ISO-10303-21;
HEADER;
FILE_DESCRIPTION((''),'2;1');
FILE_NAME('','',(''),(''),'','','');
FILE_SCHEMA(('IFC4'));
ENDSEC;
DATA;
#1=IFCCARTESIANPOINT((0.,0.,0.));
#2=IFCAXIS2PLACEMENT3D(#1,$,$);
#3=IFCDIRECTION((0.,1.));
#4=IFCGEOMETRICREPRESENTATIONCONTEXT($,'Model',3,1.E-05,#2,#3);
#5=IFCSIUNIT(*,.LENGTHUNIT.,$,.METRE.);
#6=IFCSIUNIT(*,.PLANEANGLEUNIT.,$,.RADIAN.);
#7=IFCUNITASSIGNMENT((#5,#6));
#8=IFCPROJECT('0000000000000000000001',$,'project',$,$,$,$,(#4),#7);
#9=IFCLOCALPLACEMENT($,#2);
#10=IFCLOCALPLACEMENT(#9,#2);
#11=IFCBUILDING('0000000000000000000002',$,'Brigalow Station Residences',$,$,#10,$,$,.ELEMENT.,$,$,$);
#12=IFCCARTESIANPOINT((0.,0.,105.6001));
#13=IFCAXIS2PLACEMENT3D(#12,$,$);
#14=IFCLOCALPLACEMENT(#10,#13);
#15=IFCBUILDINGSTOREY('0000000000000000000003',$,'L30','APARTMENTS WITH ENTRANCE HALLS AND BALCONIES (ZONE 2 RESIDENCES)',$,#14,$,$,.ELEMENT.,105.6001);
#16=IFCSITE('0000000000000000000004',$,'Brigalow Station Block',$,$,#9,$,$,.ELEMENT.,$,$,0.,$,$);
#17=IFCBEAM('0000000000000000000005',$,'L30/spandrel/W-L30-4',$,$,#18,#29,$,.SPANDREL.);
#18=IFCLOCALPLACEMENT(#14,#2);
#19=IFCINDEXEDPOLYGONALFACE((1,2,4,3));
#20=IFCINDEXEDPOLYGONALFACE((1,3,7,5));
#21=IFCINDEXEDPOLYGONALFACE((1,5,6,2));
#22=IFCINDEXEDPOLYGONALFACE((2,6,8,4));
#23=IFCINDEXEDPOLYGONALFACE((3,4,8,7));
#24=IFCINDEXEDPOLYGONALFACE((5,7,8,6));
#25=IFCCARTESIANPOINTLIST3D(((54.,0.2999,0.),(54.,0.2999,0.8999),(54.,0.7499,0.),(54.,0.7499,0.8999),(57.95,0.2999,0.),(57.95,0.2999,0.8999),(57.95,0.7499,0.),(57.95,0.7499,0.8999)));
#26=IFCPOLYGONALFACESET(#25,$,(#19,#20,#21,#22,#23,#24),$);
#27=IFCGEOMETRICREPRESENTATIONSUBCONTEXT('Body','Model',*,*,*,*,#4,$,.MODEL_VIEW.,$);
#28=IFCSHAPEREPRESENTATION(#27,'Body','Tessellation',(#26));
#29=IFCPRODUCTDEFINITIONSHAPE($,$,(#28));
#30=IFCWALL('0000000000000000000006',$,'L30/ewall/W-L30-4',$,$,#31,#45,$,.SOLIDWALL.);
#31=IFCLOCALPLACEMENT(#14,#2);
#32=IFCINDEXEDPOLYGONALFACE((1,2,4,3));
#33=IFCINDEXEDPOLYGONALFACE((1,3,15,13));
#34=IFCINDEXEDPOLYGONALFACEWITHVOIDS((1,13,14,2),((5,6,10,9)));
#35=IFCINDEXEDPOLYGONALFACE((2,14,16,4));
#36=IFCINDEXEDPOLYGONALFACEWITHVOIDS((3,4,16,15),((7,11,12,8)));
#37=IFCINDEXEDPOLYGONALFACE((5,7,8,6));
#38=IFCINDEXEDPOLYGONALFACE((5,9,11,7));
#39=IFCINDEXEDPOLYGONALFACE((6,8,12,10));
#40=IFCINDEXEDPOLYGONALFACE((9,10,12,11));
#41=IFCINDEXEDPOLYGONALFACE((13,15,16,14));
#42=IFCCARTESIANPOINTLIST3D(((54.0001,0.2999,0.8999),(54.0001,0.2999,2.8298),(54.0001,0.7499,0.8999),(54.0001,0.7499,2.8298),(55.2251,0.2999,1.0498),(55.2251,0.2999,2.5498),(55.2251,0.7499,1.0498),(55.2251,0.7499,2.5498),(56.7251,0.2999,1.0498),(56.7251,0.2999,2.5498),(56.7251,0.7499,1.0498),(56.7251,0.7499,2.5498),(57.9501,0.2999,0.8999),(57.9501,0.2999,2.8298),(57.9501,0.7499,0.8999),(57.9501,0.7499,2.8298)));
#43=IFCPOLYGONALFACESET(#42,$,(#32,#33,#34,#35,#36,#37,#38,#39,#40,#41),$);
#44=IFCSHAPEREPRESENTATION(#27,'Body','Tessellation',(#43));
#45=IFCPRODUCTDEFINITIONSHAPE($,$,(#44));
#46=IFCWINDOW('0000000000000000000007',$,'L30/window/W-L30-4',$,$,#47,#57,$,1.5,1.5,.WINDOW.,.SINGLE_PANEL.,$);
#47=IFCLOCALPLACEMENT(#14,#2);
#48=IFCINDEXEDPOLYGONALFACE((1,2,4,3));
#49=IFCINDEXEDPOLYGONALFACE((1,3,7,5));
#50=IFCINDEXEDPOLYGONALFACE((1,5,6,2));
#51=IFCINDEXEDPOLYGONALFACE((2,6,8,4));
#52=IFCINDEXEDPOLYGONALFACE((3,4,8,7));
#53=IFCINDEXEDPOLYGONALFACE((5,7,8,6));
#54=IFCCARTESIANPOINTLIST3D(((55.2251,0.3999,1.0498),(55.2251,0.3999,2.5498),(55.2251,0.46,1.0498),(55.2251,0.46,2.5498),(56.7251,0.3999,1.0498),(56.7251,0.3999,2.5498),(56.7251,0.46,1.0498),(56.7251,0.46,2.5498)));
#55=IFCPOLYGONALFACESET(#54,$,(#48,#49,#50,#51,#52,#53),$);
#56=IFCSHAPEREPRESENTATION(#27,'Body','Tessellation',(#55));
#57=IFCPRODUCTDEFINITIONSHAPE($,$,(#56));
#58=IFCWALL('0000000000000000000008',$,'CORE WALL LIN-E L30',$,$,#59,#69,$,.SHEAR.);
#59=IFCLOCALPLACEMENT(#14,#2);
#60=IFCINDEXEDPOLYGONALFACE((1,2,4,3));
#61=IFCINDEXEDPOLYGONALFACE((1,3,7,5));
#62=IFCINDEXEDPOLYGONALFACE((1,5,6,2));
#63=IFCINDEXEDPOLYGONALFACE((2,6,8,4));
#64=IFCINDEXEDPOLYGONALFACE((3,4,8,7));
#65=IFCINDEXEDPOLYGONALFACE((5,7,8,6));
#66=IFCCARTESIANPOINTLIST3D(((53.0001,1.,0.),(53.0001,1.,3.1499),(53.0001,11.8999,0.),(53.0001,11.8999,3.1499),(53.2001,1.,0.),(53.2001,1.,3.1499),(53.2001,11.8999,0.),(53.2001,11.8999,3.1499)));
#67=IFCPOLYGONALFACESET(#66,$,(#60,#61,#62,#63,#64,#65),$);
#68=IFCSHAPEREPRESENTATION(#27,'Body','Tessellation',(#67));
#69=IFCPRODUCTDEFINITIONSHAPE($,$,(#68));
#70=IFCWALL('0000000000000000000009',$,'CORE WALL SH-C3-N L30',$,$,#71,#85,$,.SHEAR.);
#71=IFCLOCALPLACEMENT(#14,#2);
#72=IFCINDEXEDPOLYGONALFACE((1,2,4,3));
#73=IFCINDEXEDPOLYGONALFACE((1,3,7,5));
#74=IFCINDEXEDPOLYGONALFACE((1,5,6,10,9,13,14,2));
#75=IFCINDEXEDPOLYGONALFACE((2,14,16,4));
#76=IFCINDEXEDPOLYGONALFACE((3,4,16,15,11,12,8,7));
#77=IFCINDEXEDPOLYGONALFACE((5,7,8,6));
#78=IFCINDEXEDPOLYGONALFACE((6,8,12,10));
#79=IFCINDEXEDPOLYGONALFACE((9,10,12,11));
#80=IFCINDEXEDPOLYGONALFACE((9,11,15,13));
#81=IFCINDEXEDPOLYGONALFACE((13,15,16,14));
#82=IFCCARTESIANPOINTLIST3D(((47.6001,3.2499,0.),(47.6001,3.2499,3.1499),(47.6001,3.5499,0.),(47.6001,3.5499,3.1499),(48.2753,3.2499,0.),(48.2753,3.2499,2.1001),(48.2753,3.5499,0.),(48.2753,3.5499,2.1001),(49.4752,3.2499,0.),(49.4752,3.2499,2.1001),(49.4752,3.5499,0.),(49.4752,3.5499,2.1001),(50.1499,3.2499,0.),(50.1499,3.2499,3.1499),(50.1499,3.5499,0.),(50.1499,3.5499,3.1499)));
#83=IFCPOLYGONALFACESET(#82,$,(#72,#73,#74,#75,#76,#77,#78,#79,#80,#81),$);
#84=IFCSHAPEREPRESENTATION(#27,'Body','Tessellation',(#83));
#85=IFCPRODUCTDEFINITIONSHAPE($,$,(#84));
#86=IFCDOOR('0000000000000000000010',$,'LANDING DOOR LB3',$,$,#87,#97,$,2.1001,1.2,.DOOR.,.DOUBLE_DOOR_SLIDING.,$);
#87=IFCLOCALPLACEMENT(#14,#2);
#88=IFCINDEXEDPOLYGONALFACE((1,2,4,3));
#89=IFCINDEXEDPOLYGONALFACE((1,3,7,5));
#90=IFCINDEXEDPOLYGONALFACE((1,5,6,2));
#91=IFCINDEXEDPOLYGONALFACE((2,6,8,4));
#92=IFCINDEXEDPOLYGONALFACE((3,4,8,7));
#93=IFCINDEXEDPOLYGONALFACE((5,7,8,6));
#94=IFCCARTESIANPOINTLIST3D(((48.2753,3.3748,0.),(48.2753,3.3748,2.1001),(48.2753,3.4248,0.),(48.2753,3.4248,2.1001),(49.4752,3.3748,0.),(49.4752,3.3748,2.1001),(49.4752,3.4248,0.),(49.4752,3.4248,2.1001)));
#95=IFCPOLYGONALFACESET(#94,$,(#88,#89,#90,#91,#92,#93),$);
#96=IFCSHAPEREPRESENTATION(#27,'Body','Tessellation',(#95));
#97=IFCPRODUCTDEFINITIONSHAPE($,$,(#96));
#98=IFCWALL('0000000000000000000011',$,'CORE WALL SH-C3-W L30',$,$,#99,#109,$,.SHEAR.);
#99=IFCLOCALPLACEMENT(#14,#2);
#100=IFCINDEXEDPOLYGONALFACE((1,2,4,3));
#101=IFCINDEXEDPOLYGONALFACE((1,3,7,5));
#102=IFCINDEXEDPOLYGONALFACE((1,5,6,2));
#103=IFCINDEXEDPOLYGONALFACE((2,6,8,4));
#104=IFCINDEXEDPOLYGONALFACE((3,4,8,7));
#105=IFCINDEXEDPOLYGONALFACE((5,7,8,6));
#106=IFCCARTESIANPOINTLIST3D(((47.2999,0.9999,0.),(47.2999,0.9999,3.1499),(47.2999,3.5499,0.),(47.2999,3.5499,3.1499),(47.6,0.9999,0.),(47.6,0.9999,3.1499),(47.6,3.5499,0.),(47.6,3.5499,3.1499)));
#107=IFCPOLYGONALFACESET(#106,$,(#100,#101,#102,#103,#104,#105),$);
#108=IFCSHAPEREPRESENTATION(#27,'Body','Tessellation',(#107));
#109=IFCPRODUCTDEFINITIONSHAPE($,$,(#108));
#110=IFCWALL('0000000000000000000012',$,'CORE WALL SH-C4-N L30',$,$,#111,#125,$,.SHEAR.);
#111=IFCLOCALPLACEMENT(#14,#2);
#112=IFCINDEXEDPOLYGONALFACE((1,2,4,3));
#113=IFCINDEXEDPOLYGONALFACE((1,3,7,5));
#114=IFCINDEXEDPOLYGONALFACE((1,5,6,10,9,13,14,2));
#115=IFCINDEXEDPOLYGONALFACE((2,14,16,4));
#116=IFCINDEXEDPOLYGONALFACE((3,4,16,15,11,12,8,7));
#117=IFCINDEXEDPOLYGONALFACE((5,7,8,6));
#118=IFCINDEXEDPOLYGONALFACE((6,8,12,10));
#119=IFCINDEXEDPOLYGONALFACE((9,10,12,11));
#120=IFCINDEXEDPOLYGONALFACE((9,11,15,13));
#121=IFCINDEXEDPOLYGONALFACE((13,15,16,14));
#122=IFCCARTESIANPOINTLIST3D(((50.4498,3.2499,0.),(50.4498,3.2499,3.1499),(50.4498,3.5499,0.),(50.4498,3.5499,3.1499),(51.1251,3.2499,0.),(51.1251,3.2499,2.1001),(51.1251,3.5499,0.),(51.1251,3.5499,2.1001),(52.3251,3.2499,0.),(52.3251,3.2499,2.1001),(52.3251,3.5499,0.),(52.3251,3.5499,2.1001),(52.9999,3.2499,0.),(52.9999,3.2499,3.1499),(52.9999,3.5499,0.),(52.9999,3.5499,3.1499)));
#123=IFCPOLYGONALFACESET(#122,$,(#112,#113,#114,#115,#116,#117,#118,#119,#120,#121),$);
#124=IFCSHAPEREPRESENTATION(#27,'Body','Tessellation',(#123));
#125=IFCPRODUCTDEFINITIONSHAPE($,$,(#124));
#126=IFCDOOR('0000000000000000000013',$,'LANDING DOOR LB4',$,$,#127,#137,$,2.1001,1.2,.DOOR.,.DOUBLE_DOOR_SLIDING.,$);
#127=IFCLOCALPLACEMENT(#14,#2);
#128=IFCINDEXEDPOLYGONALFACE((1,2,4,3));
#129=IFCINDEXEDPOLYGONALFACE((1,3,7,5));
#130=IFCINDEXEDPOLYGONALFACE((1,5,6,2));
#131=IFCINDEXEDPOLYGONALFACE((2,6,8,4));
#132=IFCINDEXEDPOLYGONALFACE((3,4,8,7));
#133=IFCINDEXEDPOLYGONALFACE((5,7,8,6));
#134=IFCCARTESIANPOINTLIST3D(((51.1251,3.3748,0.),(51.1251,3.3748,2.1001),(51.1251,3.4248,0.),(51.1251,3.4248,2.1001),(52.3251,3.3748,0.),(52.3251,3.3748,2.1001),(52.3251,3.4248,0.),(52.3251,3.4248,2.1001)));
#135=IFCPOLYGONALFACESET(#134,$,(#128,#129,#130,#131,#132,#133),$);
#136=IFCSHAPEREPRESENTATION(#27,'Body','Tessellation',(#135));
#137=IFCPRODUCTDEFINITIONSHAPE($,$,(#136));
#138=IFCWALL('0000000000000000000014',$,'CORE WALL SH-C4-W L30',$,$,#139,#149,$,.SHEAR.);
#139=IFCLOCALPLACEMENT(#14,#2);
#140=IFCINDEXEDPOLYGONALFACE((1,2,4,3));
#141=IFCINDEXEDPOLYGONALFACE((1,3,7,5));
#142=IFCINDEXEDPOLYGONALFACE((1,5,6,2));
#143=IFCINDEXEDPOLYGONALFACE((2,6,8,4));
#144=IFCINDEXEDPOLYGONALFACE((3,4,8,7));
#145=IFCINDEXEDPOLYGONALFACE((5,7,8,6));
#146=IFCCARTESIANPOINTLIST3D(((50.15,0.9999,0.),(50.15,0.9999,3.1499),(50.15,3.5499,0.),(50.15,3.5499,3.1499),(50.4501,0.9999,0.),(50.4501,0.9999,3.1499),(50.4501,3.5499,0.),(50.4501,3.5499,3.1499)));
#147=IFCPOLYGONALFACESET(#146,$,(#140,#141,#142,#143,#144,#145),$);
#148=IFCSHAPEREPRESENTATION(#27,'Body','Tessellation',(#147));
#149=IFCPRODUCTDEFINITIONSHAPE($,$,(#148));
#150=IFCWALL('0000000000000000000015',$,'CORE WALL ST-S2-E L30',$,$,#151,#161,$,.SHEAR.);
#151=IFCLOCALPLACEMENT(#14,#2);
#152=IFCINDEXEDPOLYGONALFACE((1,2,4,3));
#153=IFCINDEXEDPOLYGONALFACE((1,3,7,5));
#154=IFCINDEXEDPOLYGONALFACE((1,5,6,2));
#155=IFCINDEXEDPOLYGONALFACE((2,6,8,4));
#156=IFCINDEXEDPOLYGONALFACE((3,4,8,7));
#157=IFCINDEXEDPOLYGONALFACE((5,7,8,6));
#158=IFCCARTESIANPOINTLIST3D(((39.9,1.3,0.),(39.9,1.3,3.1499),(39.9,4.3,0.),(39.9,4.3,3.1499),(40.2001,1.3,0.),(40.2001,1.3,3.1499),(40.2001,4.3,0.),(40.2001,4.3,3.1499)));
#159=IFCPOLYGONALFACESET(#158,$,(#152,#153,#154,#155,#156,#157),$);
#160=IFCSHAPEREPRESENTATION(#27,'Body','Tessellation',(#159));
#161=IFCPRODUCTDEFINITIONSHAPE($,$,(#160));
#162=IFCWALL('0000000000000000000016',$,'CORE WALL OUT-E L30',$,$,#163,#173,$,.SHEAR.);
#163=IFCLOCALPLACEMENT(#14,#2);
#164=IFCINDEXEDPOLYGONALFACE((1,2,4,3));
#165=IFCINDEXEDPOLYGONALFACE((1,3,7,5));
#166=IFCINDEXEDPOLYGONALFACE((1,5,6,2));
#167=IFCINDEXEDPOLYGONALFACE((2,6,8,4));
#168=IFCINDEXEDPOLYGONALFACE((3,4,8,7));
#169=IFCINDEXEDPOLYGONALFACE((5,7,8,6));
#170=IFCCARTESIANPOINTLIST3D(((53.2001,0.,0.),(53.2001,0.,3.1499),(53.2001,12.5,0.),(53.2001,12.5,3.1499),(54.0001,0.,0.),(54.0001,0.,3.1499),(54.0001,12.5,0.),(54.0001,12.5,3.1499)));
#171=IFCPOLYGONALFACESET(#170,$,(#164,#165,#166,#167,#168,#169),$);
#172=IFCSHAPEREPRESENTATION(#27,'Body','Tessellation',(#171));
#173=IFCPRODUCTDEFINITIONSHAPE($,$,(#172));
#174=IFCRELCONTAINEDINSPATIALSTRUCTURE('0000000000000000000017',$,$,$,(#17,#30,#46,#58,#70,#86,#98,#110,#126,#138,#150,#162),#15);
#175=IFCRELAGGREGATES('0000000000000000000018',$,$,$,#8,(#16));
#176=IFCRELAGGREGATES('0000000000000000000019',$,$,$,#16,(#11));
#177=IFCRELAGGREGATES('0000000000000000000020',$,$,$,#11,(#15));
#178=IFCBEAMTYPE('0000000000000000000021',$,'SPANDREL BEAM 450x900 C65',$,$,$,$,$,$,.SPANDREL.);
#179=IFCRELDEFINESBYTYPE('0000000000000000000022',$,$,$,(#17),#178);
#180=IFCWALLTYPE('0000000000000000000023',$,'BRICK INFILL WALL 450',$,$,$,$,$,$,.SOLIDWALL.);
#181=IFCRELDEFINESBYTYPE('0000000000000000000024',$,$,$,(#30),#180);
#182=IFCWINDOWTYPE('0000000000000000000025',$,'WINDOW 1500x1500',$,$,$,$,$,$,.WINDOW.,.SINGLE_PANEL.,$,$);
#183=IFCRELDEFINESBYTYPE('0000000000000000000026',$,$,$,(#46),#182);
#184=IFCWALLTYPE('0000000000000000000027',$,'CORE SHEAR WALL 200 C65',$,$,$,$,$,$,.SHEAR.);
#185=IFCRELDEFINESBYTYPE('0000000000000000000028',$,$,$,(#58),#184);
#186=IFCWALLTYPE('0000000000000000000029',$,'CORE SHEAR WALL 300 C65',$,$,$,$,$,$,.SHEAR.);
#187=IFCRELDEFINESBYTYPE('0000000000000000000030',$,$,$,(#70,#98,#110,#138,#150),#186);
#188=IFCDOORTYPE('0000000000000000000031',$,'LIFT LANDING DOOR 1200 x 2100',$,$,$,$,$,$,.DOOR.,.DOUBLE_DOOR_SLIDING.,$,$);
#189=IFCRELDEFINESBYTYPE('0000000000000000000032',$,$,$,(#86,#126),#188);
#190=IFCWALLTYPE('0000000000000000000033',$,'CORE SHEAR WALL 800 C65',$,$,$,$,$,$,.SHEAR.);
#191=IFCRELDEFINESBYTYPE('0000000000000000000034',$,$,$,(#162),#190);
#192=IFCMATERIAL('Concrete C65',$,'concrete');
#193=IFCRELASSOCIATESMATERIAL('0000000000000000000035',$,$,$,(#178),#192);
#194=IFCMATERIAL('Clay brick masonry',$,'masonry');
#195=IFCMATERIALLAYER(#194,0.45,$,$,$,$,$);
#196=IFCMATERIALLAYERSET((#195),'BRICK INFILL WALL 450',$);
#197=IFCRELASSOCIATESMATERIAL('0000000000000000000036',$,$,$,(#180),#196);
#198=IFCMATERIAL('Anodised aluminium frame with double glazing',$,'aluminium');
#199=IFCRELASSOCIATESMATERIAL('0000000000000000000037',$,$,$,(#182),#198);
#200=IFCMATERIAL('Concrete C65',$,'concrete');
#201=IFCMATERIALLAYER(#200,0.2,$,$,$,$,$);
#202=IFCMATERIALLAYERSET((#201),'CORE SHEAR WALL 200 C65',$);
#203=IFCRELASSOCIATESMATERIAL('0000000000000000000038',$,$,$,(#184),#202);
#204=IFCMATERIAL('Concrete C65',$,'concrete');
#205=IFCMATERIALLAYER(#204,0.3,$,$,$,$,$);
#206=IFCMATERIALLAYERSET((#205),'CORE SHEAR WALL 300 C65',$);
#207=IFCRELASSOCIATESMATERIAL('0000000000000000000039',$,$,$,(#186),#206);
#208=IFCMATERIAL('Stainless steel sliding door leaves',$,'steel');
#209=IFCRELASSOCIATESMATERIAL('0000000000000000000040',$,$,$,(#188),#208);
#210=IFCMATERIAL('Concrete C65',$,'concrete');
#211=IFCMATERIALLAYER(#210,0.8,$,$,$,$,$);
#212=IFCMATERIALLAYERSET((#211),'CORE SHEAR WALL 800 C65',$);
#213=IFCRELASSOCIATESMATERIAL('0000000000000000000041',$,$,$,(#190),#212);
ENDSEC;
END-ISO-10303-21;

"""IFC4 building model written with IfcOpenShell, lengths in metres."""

from ifc_helpers import new_model, si_unit, direction, frame, frame_2d, origin, origin_2d, place, context, subcontext, project, spatial, rectangle, extrude, material, layer, layer_set, material_profile, profile_set, type_object, element, fill, save


model = new_model("IFC4")

# Units and contexts
model_context = context("Model", 3, precision=1e-05, world=origin(), true_north=direction((0.0, 1.0)))
body_context = subcontext(model_context, "Body", "Model", "MODEL_VIEW")
ifc_project = project(units=[si_unit("LENGTHUNIT", "METRE"), si_unit("PLANEANGLEUNIT", "RADIAN")], contexts=[model_context])

# Site, building, storey
site_placement = place(None, origin())
site = spatial("IfcSite", under=ifc_project, at=site_placement, Name="Brigalow Station Block", CompositionType="ELEMENT", RefElevation=0.0)
building_placement = place(site_placement, origin())
building = spatial("IfcBuilding", under=site, at=building_placement, Name="Brigalow Station Residences", CompositionType="ELEMENT")
storey_placement = place(building_placement, frame((0.0, 0.0, 105.6001)))
storey = spatial("IfcBuildingStorey", under=building, at=storey_placement, Name="L30", Description="APARTMENTS WITH ENTRANCE HALLS AND BALCONIES (ZONE 2 RESIDENCES)", CompositionType="ELEMENT", Elevation=105.6001)

# Beam
ifc_material_1 = material(Name="Concrete C65", Category="concrete")
ifc_material_profile = material_profile(ifc_material_1, rectangle(XDim=0.45, YDim=0.8999, at=origin_2d()), Name="RC450x900")
ifc_profile_set = profile_set([ifc_material_profile], Name="Concrete C65")
beam_type = type_object("IfcBeamType", Name="SPANDREL BEAM 450x900 C65", PredefinedType="SPANDREL", material=ifc_profile_set)
beam_placement = place(storey_placement, frame((54.0, 0.5249, 0.45), z_axis=(1.0, 0.0, 0.0), x_axis=(0.0, 1.0, 0.0)))
element("IfcBeam", 1, at=beam_placement, inside=storey, type_object=beam_type, Name="L30/spandrel/W-L30-4", PredefinedType="SPANDREL", context=body_context, shape_type="SweptSolid", body=[
    extrude(rectangle(XDim=0.45, YDim=0.8999, at=origin_2d()), origin(), (0.0, 0.0, 1.0), 3.95),
])

# Wall, opening, window
ifc_material_2 = material(Name="Clay brick masonry", Category="masonry")
ifc_layer_1 = layer(ifc_material_2, 0.45)
ifc_layer_set_1 = layer_set([ifc_layer_1], Name="BRICK INFILL WALL 450")
wall_type_1 = type_object("IfcWallType", Name="BRICK INFILL WALL 450", PredefinedType="SOLIDWALL", material=ifc_layer_set_1)
wall_1_placement = place(storey_placement, frame((54.0, 0.5249, 0.8999), z_axis=(0.0, 0.0, 1.0), x_axis=(1.0, 0.0, 0.0)))
wall_1 = element("IfcWall", 2, at=wall_1_placement, inside=storey, type_object=wall_type_1, Name="L30/ewall/W-L30-4", PredefinedType="SOLIDWALL", context=body_context, shape_type="SweptSolid", body=[
    extrude(rectangle(XDim=3.95, YDim=0.45, at=frame_2d((1.9751, 0.0))), origin(), (0.0, 0.0, 1.0), 1.9299),
])
opening_1_placement = place(wall_1_placement, frame((1.2251, 0.0, 0.1499)))
opening_1 = element("IfcOpeningElement", 3, at=opening_1_placement, cuts=wall_1, PredefinedType="OPENING", context=body_context, shape_type="SweptSolid", body=[
    extrude(rectangle(XDim=1.5, YDim=1.5, at=frame_2d((0.75, 0.75))), frame((0.0, 0.2349, 0.0), z_axis=(0.0, -1.0, 0.0), x_axis=(1.0, 0.0, 0.0)), (0.0, 0.0, 1.0), 0.47),
])
ifc_material_3 = material(Name="Anodised aluminium frame with double glazing", Category="aluminium")
window_type = type_object("IfcWindowType", Name="WINDOW 1500x1500", PartitioningType="SINGLE_PANEL", PredefinedType="WINDOW", material=ifc_material_3)
window_placement = place(opening_1_placement, origin())
window = element("IfcWindow", 4, at=window_placement, inside=storey, type_object=window_type, Name="L30/window/W-L30-4", OverallHeight=1.5, OverallWidth=1.5, PartitioningType="SINGLE_PANEL", PredefinedType="WINDOW", context=body_context, shape_type="SweptSolid", body=[
    extrude(rectangle(XDim=1.5, YDim=1.5, at=frame_2d((0.75, 0.75))), frame((0.0, -0.0649, 0.0), z_axis=(0.0, -1.0, 0.0), x_axis=(1.0, 0.0, 0.0)), (0.0, 0.0, 1.0), 0.0601),
])
fill(opening_1, window)

# Wall
ifc_material_4 = material(Name="Concrete C65", Category="concrete")
ifc_layer_2 = layer(ifc_material_4, 0.2)
ifc_layer_set_2 = layer_set([ifc_layer_2], Name="CORE SHEAR WALL 200 C65")
wall_type_2 = type_object("IfcWallType", Name="CORE SHEAR WALL 200 C65", PredefinedType="SHEAR", material=ifc_layer_set_2)
wall_2_placement = place(storey_placement, frame((53.1001, 1.0, 0.0), z_axis=(0.0, 0.0, 1.0), x_axis=(0.0, 1.0, 0.0)))
element("IfcWall", 5, at=wall_2_placement, inside=storey, type_object=wall_type_2, Name="CORE WALL LIN-E L30", PredefinedType="SHEAR", context=body_context, shape_type="SweptSolid", body=[
    extrude(rectangle(XDim=10.8999, YDim=0.2, at=frame_2d((5.45, 0.0))), origin(), (0.0, 0.0, 1.0), 3.1499),
])

# Wall, opening, door
ifc_material_5 = material(Name="Concrete C65", Category="concrete")
ifc_layer_3 = layer(ifc_material_5, 0.3)
ifc_layer_set_3 = layer_set([ifc_layer_3], Name="CORE SHEAR WALL 300 C65")
wall_type_3 = type_object("IfcWallType", Name="CORE SHEAR WALL 300 C65", PredefinedType="SHEAR", material=ifc_layer_set_3)
wall_3_placement = place(storey_placement, frame((47.6001, 3.3999, 0.0), z_axis=(0.0, 0.0, 1.0), x_axis=(1.0, 0.0, 0.0)))
wall_3 = element("IfcWall", 6, at=wall_3_placement, inside=storey, type_object=wall_type_3, Name="CORE WALL SH-C3-N L30", PredefinedType="SHEAR", context=body_context, shape_type="SweptSolid", body=[
    extrude(rectangle(XDim=2.5498, YDim=0.3, at=frame_2d((1.2749, 0.0))), origin(), (0.0, 0.0, 1.0), 3.1499),
])
opening_2_placement = place(wall_3_placement, frame((0.675, 0.0, 0.0)))
opening_2 = element("IfcOpeningElement", 7, at=opening_2_placement, cuts=wall_3, PredefinedType="OPENING", context=body_context, shape_type="SweptSolid", body=[
    extrude(rectangle(XDim=1.2, YDim=2.1001, at=frame_2d((0.6001, 1.05))), frame((0.0, 0.1602, 0.0), z_axis=(0.0, -1.0, 0.0), x_axis=(1.0, 0.0, 0.0)), (0.0, 0.0, 1.0), 0.3201),
])
ifc_material_6 = material(Name="Stainless steel sliding door leaves", Category="steel")
door_type_1 = type_object("IfcDoorType", Name="LIFT LANDING DOOR 1200 x 2100", OperationType="DOUBLE_DOOR_SLIDING", PredefinedType="DOOR", material=ifc_material_6)
door_1_placement = place(opening_2_placement, origin())
door_1 = element("IfcDoor", 8, at=door_1_placement, inside=storey, type_object=door_type_1, Name="LANDING DOOR LB3", OperationType="DOUBLE_DOOR_SLIDING", OverallHeight=2.1001, OverallWidth=1.2, PredefinedType="DOOR", context=body_context, shape_type="SweptSolid", body=[
    extrude(rectangle(XDim=1.2, YDim=2.1001, at=frame_2d((0.6001, 1.05))), frame((0.0, 0.0249, 0.0), z_axis=(0.0, -1.0, 0.0), x_axis=(1.0, 0.0, 0.0)), (0.0, 0.0, 1.0), 0.05),
])
fill(opening_2, door_1)

# Wall
wall_4_placement = place(storey_placement, frame((47.45, 1.0, 0.0), z_axis=(0.0, 0.0, 1.0), x_axis=(0.0, 1.0, 0.0)))
element("IfcWall", 9, at=wall_4_placement, inside=storey, type_object=wall_type_3, Name="CORE WALL SH-C3-W L30", PredefinedType="SHEAR", context=body_context, shape_type="SweptSolid", body=[
    extrude(rectangle(XDim=2.55, YDim=0.3, at=frame_2d((1.2749, 0.0))), origin(), (0.0, 0.0, 1.0), 3.1499),
])

# Wall, opening, door
wall_5_placement = place(storey_placement, frame((50.45, 3.3999, 0.0), z_axis=(0.0, 0.0, 1.0), x_axis=(1.0, 0.0, 0.0)))
wall_5 = element("IfcWall", 10, at=wall_5_placement, inside=storey, type_object=wall_type_3, Name="CORE WALL SH-C4-N L30", PredefinedType="SHEAR", context=body_context, shape_type="SweptSolid", body=[
    extrude(rectangle(XDim=2.55, YDim=0.3, at=frame_2d((1.2749, 0.0))), origin(), (0.0, 0.0, 1.0), 3.1499),
])
opening_3_placement = place(wall_5_placement, frame((0.675, 0.0, 0.0)))
opening_3 = element("IfcOpeningElement", 11, at=opening_3_placement, cuts=wall_5, PredefinedType="OPENING", context=body_context, shape_type="SweptSolid", body=[
    extrude(rectangle(XDim=1.2, YDim=2.1001, at=frame_2d((0.6001, 1.05))), frame((0.0, 0.1602, 0.0), z_axis=(0.0, -1.0, 0.0), x_axis=(1.0, 0.0, 0.0)), (0.0, 0.0, 1.0), 0.3201),
])
door_2_placement = place(opening_3_placement, origin())
door_2 = element("IfcDoor", 12, at=door_2_placement, inside=storey, type_object=door_type_1, Name="LANDING DOOR LB4", OperationType="DOUBLE_DOOR_SLIDING", OverallHeight=2.1001, OverallWidth=1.2, PredefinedType="DOOR", context=body_context, shape_type="SweptSolid", body=[
    extrude(rectangle(XDim=1.2, YDim=2.1001, at=frame_2d((0.6001, 1.05))), frame((0.0, 0.0249, 0.0), z_axis=(0.0, -1.0, 0.0), x_axis=(1.0, 0.0, 0.0)), (0.0, 0.0, 1.0), 0.05),
])
fill(opening_3, door_2)

# Walls
wall_6_placement = place(storey_placement, frame((50.3, 1.0, 0.0), z_axis=(0.0, 0.0, 1.0), x_axis=(0.0, 1.0, 0.0)))
element("IfcWall", 13, at=wall_6_placement, inside=storey, type_object=wall_type_3, Name="CORE WALL SH-C4-W L30", PredefinedType="SHEAR", context=body_context, shape_type="SweptSolid", body=[
    extrude(rectangle(XDim=2.55, YDim=0.3, at=frame_2d((1.2749, 0.0))), origin(), (0.0, 0.0, 1.0), 3.1499),
])
wall_7_placement = place(storey_placement, frame((40.05, 1.3, 0.0), z_axis=(0.0, 0.0, 1.0), x_axis=(0.0, 1.0, 0.0)))
element("IfcWall", 14, at=wall_7_placement, inside=storey, type_object=wall_type_3, Name="CORE WALL ST-S2-E L30", PredefinedType="SHEAR", context=body_context, shape_type="SweptSolid", body=[
    extrude(rectangle(XDim=3.0, YDim=0.3, at=frame_2d((1.5, 0.0))), origin(), (0.0, 0.0, 1.0), 3.1499),
])
ifc_material_7 = material(Name="Concrete C65", Category="concrete")
ifc_layer_4 = layer(ifc_material_7, 0.8)
ifc_layer_set_4 = layer_set([ifc_layer_4], Name="CORE SHEAR WALL 800 C65")
wall_type_4 = type_object("IfcWallType", Name="CORE SHEAR WALL 800 C65", PredefinedType="SHEAR", material=ifc_layer_set_4)
wall_8_placement = place(storey_placement, frame((53.6001, 0.0, 0.0), z_axis=(0.0, 0.0, 1.0), x_axis=(0.0, 1.0, 0.0)))
element("IfcWall", 15, at=wall_8_placement, inside=storey, type_object=wall_type_4, Name="CORE WALL OUT-E L30", PredefinedType="SHEAR", context=body_context, shape_type="SweptSolid", body=[
    extrude(rectangle(XDim=12.5, YDim=0.8, at=frame_2d((6.25, 0.0))), origin(), (0.0, 0.0, 1.0), 3.1499),
])

save(model, "model.ifc")
